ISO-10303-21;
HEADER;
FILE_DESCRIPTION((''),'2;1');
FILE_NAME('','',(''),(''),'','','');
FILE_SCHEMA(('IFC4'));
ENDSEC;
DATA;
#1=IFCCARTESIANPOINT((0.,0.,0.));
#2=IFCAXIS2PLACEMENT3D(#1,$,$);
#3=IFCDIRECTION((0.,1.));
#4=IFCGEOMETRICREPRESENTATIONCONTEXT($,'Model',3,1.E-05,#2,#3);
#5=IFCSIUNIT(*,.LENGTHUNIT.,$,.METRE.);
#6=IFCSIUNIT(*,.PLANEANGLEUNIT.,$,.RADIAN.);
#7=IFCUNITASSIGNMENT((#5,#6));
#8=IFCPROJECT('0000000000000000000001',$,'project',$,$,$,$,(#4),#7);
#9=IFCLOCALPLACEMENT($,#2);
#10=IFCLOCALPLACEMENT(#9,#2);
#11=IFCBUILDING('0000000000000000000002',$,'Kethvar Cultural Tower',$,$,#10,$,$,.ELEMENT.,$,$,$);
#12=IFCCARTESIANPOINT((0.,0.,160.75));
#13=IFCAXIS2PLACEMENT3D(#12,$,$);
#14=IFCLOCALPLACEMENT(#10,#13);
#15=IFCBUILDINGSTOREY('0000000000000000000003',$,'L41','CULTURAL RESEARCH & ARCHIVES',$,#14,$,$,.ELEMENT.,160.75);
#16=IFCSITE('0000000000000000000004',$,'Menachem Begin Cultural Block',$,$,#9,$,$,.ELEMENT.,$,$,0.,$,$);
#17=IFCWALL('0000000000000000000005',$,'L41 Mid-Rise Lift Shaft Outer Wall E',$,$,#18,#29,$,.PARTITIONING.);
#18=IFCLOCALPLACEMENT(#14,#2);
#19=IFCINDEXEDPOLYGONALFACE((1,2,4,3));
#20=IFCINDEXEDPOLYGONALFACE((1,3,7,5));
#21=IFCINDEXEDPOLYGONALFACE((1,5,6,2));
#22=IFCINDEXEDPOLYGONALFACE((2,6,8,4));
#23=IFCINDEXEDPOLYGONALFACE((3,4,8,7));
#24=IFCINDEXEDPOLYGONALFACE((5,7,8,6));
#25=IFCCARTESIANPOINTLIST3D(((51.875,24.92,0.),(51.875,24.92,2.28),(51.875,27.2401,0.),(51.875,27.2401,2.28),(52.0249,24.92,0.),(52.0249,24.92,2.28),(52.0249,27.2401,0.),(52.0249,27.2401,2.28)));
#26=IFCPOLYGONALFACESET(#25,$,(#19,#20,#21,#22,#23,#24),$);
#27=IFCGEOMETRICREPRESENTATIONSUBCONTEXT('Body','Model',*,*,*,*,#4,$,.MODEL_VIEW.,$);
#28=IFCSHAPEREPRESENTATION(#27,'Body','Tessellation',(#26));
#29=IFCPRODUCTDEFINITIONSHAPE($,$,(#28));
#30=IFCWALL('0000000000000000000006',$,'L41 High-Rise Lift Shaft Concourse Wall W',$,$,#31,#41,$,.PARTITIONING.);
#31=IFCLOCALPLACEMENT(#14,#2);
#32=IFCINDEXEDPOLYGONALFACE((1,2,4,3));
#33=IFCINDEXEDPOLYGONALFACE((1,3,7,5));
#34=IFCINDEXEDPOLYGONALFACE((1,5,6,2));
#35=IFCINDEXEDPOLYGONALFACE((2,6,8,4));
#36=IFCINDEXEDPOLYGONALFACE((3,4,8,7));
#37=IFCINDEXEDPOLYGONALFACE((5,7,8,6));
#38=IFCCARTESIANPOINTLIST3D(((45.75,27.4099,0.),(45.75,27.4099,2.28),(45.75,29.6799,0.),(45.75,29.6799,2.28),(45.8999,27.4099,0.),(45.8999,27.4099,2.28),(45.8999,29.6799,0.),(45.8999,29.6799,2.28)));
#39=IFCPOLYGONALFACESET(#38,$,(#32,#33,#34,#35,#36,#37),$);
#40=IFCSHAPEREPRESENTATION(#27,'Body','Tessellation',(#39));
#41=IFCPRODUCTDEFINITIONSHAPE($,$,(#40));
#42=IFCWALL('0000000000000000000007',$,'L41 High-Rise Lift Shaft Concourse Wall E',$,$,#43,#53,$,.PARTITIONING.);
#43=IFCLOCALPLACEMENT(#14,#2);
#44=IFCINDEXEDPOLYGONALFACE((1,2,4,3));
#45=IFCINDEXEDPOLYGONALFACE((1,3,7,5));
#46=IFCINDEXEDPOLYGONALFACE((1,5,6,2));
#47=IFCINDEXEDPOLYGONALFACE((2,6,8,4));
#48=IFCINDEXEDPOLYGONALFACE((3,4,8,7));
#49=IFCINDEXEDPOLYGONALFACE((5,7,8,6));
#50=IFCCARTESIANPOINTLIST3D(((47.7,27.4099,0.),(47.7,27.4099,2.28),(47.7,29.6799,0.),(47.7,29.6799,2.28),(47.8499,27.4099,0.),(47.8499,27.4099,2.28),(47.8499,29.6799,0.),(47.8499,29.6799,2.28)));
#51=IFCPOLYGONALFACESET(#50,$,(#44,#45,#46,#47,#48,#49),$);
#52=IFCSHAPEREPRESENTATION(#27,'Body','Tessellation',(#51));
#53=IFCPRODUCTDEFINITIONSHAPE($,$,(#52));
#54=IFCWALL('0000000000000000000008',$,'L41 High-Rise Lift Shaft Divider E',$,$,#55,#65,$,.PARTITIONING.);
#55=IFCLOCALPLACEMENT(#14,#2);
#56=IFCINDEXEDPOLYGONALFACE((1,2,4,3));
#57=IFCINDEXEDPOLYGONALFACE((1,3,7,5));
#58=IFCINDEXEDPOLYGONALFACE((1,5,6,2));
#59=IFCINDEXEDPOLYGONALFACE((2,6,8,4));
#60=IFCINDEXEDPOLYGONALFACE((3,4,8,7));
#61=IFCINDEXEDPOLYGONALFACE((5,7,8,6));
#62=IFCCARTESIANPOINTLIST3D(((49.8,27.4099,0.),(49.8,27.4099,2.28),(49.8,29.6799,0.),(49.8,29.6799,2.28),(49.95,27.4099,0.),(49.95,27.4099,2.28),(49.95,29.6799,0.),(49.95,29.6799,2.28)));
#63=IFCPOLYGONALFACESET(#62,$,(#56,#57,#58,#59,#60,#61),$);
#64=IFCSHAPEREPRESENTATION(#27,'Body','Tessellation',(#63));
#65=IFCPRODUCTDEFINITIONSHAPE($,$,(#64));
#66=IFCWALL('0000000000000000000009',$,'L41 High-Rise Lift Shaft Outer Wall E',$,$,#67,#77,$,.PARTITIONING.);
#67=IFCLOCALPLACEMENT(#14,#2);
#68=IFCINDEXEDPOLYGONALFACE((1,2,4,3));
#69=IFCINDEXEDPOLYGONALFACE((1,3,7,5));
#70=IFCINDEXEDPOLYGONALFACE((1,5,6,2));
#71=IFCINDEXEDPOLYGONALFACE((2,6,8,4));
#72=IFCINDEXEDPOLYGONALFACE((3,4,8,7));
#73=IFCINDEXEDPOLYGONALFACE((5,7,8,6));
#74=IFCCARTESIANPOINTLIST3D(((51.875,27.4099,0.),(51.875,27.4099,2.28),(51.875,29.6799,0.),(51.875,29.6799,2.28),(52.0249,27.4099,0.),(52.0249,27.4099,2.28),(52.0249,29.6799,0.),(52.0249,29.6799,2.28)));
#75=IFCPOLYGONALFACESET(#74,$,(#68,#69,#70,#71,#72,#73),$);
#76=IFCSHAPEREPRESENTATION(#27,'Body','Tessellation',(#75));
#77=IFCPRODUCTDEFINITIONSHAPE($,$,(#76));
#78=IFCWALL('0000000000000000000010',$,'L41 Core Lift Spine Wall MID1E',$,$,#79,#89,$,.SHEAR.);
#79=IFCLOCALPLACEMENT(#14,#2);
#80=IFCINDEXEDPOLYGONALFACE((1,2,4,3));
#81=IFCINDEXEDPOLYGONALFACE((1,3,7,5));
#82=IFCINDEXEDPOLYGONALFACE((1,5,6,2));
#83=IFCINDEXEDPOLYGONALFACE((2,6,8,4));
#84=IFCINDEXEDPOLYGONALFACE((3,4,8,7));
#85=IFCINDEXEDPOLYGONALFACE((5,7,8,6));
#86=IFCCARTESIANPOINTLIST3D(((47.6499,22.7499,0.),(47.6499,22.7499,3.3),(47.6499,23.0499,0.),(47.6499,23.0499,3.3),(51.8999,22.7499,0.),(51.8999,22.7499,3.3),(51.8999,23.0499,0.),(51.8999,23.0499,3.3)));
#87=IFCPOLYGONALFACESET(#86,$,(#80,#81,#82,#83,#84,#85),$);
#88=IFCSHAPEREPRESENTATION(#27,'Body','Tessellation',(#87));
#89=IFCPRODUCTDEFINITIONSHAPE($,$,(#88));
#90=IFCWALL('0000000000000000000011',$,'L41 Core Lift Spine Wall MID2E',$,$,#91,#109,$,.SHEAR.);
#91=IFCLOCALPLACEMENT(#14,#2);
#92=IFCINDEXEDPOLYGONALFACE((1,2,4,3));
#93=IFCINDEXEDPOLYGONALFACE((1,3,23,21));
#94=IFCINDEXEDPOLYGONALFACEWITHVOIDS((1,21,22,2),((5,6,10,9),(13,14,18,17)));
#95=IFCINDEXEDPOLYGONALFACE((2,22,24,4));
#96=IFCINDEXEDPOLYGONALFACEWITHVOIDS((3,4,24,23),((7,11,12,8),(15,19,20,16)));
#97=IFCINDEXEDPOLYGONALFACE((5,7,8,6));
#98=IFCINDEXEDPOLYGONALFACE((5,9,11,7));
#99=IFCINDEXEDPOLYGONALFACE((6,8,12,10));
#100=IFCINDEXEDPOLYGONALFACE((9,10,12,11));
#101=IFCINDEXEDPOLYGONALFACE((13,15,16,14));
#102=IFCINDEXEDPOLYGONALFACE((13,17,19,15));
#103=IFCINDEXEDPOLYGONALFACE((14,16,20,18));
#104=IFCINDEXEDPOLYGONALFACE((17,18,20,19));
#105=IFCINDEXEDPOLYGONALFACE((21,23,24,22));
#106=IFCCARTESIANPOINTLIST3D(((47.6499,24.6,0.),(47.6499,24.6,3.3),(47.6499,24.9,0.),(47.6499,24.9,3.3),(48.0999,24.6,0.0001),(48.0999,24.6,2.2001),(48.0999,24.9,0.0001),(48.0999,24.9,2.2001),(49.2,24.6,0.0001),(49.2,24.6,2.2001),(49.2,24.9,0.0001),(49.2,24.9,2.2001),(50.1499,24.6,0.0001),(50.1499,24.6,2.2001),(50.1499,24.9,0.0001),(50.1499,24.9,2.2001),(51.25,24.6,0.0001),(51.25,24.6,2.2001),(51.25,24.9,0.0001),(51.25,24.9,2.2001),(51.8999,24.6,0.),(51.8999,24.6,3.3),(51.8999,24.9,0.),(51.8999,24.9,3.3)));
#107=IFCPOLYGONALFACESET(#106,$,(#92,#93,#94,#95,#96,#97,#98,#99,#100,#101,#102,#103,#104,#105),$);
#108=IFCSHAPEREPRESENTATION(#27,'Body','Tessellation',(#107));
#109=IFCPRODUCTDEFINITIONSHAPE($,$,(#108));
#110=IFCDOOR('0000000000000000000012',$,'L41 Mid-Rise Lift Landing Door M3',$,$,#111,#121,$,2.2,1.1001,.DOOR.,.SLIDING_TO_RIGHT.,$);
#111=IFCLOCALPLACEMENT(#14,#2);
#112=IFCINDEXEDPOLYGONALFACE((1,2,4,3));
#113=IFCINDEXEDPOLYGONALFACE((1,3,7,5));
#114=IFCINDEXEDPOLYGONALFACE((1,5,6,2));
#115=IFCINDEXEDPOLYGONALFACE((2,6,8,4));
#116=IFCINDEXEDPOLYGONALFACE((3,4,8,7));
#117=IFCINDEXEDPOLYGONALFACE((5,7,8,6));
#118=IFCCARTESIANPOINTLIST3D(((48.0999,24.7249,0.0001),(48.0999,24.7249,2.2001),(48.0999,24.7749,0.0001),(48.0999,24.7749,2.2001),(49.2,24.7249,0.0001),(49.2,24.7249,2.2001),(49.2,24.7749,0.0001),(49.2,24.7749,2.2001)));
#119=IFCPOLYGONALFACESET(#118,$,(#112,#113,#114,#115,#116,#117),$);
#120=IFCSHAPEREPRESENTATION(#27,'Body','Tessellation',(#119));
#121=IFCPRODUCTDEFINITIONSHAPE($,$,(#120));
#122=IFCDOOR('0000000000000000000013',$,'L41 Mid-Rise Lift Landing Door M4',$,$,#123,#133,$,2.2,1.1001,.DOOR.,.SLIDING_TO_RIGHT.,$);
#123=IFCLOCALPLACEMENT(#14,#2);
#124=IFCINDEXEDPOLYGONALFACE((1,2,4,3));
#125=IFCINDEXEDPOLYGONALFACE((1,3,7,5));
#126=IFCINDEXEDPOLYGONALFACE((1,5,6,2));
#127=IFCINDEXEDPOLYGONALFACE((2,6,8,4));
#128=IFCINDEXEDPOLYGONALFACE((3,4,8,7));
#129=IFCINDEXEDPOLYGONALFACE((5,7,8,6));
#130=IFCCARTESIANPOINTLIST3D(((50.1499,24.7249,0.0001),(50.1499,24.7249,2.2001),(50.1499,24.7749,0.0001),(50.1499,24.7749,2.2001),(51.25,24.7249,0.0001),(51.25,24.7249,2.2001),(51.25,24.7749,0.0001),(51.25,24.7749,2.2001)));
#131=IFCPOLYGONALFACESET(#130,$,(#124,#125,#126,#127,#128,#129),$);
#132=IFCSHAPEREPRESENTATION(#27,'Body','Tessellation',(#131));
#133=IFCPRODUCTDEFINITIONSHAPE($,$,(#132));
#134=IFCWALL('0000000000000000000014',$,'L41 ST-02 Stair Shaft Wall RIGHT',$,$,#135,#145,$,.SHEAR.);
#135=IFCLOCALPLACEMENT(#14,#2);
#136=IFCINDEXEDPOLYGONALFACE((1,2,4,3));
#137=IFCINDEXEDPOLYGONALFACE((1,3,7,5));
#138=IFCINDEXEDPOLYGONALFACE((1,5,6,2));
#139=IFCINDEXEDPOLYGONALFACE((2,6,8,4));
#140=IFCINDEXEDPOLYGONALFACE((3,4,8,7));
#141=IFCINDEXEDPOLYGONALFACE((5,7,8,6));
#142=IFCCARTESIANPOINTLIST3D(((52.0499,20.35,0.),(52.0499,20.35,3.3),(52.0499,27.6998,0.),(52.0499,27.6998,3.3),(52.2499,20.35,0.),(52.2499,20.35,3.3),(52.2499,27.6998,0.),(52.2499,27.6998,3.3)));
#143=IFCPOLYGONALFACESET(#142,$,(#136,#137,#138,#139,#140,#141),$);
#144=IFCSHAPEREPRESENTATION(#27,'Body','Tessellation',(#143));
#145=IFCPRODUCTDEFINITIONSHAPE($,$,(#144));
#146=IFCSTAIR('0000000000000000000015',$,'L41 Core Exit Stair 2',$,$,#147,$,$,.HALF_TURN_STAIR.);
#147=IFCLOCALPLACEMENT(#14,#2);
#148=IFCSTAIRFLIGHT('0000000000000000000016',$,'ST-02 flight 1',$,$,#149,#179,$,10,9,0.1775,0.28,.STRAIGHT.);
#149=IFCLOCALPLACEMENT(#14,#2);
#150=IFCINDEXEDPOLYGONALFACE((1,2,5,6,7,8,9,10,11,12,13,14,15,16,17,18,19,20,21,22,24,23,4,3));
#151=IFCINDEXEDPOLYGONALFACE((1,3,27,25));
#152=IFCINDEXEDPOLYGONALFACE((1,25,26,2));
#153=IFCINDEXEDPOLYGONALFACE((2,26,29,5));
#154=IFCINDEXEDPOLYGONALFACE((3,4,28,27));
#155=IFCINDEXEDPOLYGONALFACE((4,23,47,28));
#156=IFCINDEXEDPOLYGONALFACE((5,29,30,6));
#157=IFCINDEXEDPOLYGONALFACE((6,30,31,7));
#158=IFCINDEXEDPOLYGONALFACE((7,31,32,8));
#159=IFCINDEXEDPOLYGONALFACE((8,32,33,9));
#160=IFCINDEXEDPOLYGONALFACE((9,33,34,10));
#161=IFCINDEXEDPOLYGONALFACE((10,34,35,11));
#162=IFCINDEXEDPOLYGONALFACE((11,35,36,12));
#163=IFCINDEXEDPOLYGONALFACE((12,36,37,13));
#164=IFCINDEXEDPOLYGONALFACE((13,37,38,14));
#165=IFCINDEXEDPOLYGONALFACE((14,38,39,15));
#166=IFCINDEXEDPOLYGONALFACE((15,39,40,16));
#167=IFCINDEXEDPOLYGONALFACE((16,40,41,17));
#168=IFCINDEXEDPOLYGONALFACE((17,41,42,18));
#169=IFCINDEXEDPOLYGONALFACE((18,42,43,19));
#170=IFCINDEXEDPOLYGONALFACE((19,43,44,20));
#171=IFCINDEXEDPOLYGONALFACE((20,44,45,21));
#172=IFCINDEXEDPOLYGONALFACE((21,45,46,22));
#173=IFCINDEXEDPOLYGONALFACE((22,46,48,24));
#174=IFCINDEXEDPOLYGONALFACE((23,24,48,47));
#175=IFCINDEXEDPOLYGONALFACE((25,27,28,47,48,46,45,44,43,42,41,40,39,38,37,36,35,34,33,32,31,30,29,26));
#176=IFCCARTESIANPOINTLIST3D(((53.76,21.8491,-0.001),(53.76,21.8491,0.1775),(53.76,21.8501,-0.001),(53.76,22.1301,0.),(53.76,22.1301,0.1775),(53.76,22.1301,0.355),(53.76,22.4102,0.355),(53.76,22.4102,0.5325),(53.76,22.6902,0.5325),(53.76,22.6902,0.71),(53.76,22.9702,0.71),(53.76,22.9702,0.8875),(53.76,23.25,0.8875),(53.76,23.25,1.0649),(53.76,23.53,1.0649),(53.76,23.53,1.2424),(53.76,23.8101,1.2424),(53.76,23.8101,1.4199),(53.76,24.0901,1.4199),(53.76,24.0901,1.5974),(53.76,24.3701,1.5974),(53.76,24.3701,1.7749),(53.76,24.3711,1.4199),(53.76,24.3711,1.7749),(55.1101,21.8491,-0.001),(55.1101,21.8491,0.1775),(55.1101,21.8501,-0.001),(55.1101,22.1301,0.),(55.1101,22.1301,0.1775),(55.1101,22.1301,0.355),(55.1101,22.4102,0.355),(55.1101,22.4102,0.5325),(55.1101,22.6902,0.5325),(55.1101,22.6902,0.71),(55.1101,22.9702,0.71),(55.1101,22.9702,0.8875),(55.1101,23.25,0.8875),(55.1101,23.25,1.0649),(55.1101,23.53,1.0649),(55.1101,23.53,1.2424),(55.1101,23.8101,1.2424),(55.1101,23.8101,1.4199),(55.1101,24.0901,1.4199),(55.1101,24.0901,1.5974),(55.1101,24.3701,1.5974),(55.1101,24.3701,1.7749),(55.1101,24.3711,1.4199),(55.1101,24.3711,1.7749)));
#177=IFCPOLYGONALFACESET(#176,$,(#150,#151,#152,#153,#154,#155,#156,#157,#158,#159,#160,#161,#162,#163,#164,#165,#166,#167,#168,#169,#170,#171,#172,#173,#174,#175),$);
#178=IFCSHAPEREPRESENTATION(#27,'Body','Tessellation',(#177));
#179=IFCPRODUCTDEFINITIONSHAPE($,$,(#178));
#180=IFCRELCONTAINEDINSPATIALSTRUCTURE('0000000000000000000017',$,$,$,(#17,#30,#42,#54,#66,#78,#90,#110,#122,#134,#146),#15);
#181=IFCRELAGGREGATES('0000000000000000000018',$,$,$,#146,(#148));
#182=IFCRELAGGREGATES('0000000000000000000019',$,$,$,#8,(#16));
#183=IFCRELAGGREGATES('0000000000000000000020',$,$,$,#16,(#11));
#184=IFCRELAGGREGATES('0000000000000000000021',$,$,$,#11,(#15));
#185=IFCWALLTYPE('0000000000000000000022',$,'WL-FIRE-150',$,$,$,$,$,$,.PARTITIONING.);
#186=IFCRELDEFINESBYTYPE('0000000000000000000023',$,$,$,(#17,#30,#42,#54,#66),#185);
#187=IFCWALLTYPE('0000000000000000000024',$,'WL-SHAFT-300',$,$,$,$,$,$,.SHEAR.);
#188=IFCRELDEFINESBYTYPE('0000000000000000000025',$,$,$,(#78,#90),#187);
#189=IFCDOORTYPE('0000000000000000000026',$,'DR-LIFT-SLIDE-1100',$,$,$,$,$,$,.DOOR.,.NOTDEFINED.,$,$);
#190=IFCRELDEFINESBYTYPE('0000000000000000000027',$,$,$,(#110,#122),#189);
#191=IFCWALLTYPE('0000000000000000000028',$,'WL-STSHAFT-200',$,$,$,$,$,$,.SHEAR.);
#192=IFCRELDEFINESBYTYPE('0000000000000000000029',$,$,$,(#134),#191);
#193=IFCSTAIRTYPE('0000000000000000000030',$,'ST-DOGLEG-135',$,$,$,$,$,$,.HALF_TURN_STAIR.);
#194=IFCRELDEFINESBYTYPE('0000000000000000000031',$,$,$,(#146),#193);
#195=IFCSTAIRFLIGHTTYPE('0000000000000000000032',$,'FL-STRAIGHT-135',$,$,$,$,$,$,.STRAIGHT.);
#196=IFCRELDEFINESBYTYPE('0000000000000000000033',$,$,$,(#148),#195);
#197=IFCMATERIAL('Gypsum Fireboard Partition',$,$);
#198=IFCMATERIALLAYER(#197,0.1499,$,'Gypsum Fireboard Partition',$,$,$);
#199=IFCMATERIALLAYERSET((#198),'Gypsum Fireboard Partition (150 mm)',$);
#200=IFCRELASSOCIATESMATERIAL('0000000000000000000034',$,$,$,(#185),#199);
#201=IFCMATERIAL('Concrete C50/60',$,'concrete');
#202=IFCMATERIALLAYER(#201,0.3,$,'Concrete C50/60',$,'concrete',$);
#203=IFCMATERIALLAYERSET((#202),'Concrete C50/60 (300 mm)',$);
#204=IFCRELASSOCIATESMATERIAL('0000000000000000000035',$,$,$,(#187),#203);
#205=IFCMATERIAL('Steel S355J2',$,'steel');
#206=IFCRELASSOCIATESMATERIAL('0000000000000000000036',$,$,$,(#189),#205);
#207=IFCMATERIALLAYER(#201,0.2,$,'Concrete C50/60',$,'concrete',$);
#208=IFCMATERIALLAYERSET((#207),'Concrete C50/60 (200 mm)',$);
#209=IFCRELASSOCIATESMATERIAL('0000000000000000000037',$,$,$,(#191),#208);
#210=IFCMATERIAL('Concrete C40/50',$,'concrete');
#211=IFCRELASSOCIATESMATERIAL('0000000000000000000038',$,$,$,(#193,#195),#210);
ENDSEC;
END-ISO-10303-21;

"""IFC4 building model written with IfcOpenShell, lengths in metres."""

from ifc_helpers import new_model, si_unit, direction, frame, frame_2d, origin, place, context, subcontext, project, spatial, polyline, rectangle, outline, extrude, source, transform, mapped, material, layer, layer_set, type_object, element, fill, aggregate, save


model = new_model("IFC4")

# Units and contexts
model_context = context("Model", 3, precision=1e-05, world=origin(), true_north=direction((0.0, 1.0)))
body_context = subcontext(model_context, "Body", "Model", "MODEL_VIEW")
ifc_project = project(units=[si_unit("LENGTHUNIT", "METRE"), si_unit("PLANEANGLEUNIT", "RADIAN")], contexts=[model_context])

# Site, building, storey
site_placement = place(None, origin())
site = spatial("IfcSite", under=ifc_project, at=site_placement, Name="Menachem Begin Cultural Block", CompositionType="ELEMENT", RefElevation=0.0)
building_placement = place(site_placement, origin())
building = spatial("IfcBuilding", under=site, at=building_placement, Name="Kethvar Cultural Tower", CompositionType="ELEMENT")
storey_placement = place(building_placement, frame((0.0, 0.0, 160.75)))
storey = spatial("IfcBuildingStorey", under=building, at=storey_placement, Name="L41", Description="CULTURAL RESEARCH & ARCHIVES", CompositionType="ELEMENT", Elevation=160.75)

# Shared definitions
ifc_material_1 = material(Name="Steel S355J2", Category="steel")

# Walls
ifc_material_2 = material(Name="Gypsum Fireboard Partition")
ifc_layer_1 = layer(ifc_material_2, 0.1499, Name="Gypsum Fireboard Partition")
ifc_layer_set_1 = layer_set([ifc_layer_1], Name="Gypsum Fireboard Partition (150 mm)")
wall_type_1 = type_object("IfcWallType", Name="WL-FIRE-150", PredefinedType="PARTITIONING", material=ifc_layer_set_1)
for number, where, z_axis, x_axis, name in (
    (1, (51.95, 24.9199, 0.0), (0.0, 0.0, 1.0), (0.0, 1.0, 0.0), "L41 Mid-Rise Lift Shaft Outer Wall E"),
):
    element("IfcWall", number, at=place(storey_placement, frame(where, z_axis=z_axis, x_axis=x_axis)), inside=storey, type_object=wall_type_1, Name=name, PredefinedType="PARTITIONING", context=body_context, shape_type="SweptSolid", body=[
        extrude(rectangle(XDim=2.3201, YDim=0.1499, at=frame_2d((1.1602, 0.0))), origin(), (0.0, 0.0, 1.0), 2.28),
    ])
for number, where, z_axis, x_axis, name in (
    (2, (45.825, 27.4099, 0.0), (0.0, 0.0, 1.0), (0.0, 1.0, 0.0), "L41 High-Rise Lift Shaft Concourse Wall W"),
    (3, (47.7749, 27.4099, 0.0), (0.0, 0.0, 1.0), (0.0, 1.0, 0.0), "L41 High-Rise Lift Shaft Concourse Wall E"),
    (4, (49.875, 27.4099, 0.0), (0.0, 0.0, 1.0), (0.0, 1.0, 0.0), "L41 High-Rise Lift Shaft Divider E"),
    (5, (51.95, 27.4099, 0.0), (0.0, 0.0, 1.0), (0.0, 1.0, 0.0), "L41 High-Rise Lift Shaft Outer Wall E"),
):
    element("IfcWall", number, at=place(storey_placement, frame(where, z_axis=z_axis, x_axis=x_axis)), inside=storey, type_object=wall_type_1, Name=name, PredefinedType="PARTITIONING", context=body_context, shape_type="SweptSolid", body=[
        extrude(rectangle(XDim=2.27, YDim=0.1499, at=frame_2d((1.135, 0.0))), origin(), (0.0, 0.0, 1.0), 2.28),
    ])
ifc_material_3 = material(Name="Concrete C50/60", Category="concrete")
ifc_layer_2 = layer(ifc_material_3, 0.3, Name="Concrete C50/60", Category="concrete")
ifc_layer_set_2 = layer_set([ifc_layer_2], Name="Concrete C50/60 (300 mm)")
wall_type_2 = type_object("IfcWallType", Name="WL-SHAFT-300", PredefinedType="SHEAR", material=ifc_layer_set_2)
wall_1_placement = place(storey_placement, frame((47.6499, 22.8999, 0.0), z_axis=(0.0, 0.0, 1.0), x_axis=(1.0, 0.0, 0.0)))
element("IfcWall", 6, at=wall_1_placement, inside=storey, type_object=wall_type_2, Name="L41 Core Lift Spine Wall MID1E", PredefinedType="SHEAR", context=body_context, shape_type="SweptSolid", body=[
    extrude(rectangle(XDim=4.25, YDim=0.3, at=frame_2d((2.125, 0.0))), origin(), (0.0, 0.0, 1.0), 3.3),
])

# Wall, openings, doors
wall_2_placement = place(storey_placement, frame((47.6499, 24.75, 0.0), z_axis=(0.0, 0.0, 1.0), x_axis=(1.0, 0.0, 0.0)))
wall_2 = element("IfcWall", 7, at=wall_2_placement, inside=storey, type_object=wall_type_2, Name="L41 Core Lift Spine Wall MID2E", PredefinedType="SHEAR", context=body_context, shape_type="SweptSolid", body=[
    extrude(rectangle(XDim=4.25, YDim=0.3, at=frame_2d((2.125, 0.0))), origin(), (0.0, 0.0, 1.0), 3.3),
])
opening_1_placement = place(wall_2_placement, frame((0.45, 0.0, 0.0)))
opening_1 = element("IfcOpeningElement", 8, at=opening_1_placement, cuts=wall_2, PredefinedType="OPENING", context=body_context, shape_type="SweptSolid", body=[
    extrude(rectangle(XDim=1.1001, YDim=2.2, at=frame_2d((0.55, 1.1001))), frame((0.0, 0.1599, 0.0), z_axis=(0.0, -1.0, 0.0), x_axis=(1.0, 0.0, 0.0)), (0.0, 0.0, 1.0), 0.3201),
])
opening_2_placement = place(wall_2_placement, frame((2.5, 0.0, 0.0)))
opening_2 = element("IfcOpeningElement", 9, at=opening_2_placement, cuts=wall_2, PredefinedType="OPENING", context=body_context, shape_type="SweptSolid", body=[
    extrude(rectangle(XDim=1.1001, YDim=2.2, at=frame_2d((0.55, 1.1001))), frame((0.0, 0.1599, 0.0), z_axis=(0.0, -1.0, 0.0), x_axis=(1.0, 0.0, 0.0)), (0.0, 0.0, 1.0), 0.3201),
])
door_type = type_object("IfcDoorType", Name="DR-LIFT-SLIDE-1100", OperationType="NOTDEFINED", PredefinedType="DOOR", material=ifc_material_1)
shared_shape_1 = source(origin(), body_context, "Body", "SweptSolid", [
    extrude(rectangle(XDim=1.1001, YDim=2.2, at=frame_2d((0.55, 1.1001))), frame((0.0, 0.0249, 0.0), z_axis=(0.0, -1.0, 0.0), x_axis=(1.0, 0.0, 0.0)), (0.0, 0.0, 1.0), 0.05),
])
door_1_placement = place(opening_1_placement, origin())
door_1 = element("IfcDoor", 10, at=door_1_placement, inside=storey, type_object=door_type, Name="L41 Mid-Rise Lift Landing Door M3", OperationType="SLIDING_TO_RIGHT", OverallHeight=2.2, OverallWidth=1.1001, PredefinedType="DOOR", context=body_context, shape_type="MappedRepresentation", body=[
    mapped(shared_shape_1, transform((0.0, 0.0, 0.0), scale=1.0)),
])
fill(opening_1, door_1)
door_2_placement = place(opening_2_placement, origin())
door_2 = element("IfcDoor", 11, at=door_2_placement, inside=storey, type_object=door_type, Name="L41 Mid-Rise Lift Landing Door M4", OperationType="SLIDING_TO_RIGHT", OverallHeight=2.2, OverallWidth=1.1001, PredefinedType="DOOR", context=body_context, shape_type="MappedRepresentation", body=[
    mapped(shared_shape_1, transform((0.0, 0.0, 0.0), scale=1.0)),
])
fill(opening_2, door_2)

# Wall
ifc_layer_3 = layer(ifc_material_3, 0.2, Name="Concrete C50/60", Category="concrete")
ifc_layer_set_3 = layer_set([ifc_layer_3], Name="Concrete C50/60 (200 mm)")
wall_type_3 = type_object("IfcWallType", Name="WL-STSHAFT-200", PredefinedType="SHEAR", material=ifc_layer_set_3)
wall_3_placement = place(storey_placement, frame((52.1499, 20.3501, 0.0), z_axis=(0.0, 0.0, 1.0), x_axis=(0.0, 1.0, 0.0)))
element("IfcWall", 12, at=wall_3_placement, inside=storey, type_object=wall_type_3, Name="L41 ST-02 Stair Shaft Wall RIGHT", PredefinedType="SHEAR", context=body_context, shape_type="SweptSolid", body=[
    extrude(rectangle(XDim=7.3499, YDim=0.2, at=frame_2d((3.6748, 0.0))), origin(), (0.0, 0.0, 1.0), 3.3),
])

# Stair, stair flight
ifc_material_4 = material(Name="Concrete C40/50", Category="concrete")
stair_type = type_object("IfcStairType", Name="ST-DOGLEG-135", PredefinedType="HALF_TURN_STAIR", material=ifc_material_4)
stair_placement = place(storey_placement, origin())
stair = element("IfcStair", 13, at=stair_placement, inside=storey, type_object=stair_type, Name="L41 Core Exit Stair 2", PredefinedType="HALF_TURN_STAIR")
stair_flight_type = type_object("IfcStairFlightType", Name="FL-STRAIGHT-135", PredefinedType="STRAIGHT", material=ifc_material_4)
stair_flight_1_placement = place(storey_placement, frame((54.4351, 21.8501, 0.0), z_axis=(0.0, 0.0, 1.0), x_axis=(0.0, 1.0, 0.0)))
stair_flight_1 = element("IfcStairFlight", 14, at=stair_flight_1_placement, type_object=stair_flight_type, Name="ST-02 flight 1", NumberOfRisers=10, NumberOfTreads=9, PredefinedType="STRAIGHT", RiserHeight=0.1775, TreadLength=0.28, context=body_context, shape_type="SweptSolid", body=[
    extrude(outline(polyline([(-0.001, -0.001), (-0.001, 0.1775), (0.28, 0.1775), (0.28, 0.355), (0.5601, 0.355), (0.5601, 0.5325), (0.8401, 0.5325), (0.8401, 0.71), (1.1201, 0.71), (1.1201, 0.8875), (1.3999, 0.8875), (1.3999, 1.0649), (1.6799, 1.0649), (1.6799, 1.2424), (1.96, 1.2424), (1.96, 1.4199), (2.24, 1.4199), (2.24, 1.5974), (2.52, 1.5974), (2.52, 1.7749), (2.521, 1.7749), (2.521, 1.4199), (0.28, 0.0), (0.0, -0.001), (-0.001, -0.001)])), frame((0.0, 0.675, 0.0), z_axis=(0.0, -1.0, 0.0), x_axis=(1.0, 0.0, 0.0)), (0.0, 0.0, 1.0), 1.3501),
])
aggregate(stair, [stair_flight_1])

save(model, "model.ifc")
